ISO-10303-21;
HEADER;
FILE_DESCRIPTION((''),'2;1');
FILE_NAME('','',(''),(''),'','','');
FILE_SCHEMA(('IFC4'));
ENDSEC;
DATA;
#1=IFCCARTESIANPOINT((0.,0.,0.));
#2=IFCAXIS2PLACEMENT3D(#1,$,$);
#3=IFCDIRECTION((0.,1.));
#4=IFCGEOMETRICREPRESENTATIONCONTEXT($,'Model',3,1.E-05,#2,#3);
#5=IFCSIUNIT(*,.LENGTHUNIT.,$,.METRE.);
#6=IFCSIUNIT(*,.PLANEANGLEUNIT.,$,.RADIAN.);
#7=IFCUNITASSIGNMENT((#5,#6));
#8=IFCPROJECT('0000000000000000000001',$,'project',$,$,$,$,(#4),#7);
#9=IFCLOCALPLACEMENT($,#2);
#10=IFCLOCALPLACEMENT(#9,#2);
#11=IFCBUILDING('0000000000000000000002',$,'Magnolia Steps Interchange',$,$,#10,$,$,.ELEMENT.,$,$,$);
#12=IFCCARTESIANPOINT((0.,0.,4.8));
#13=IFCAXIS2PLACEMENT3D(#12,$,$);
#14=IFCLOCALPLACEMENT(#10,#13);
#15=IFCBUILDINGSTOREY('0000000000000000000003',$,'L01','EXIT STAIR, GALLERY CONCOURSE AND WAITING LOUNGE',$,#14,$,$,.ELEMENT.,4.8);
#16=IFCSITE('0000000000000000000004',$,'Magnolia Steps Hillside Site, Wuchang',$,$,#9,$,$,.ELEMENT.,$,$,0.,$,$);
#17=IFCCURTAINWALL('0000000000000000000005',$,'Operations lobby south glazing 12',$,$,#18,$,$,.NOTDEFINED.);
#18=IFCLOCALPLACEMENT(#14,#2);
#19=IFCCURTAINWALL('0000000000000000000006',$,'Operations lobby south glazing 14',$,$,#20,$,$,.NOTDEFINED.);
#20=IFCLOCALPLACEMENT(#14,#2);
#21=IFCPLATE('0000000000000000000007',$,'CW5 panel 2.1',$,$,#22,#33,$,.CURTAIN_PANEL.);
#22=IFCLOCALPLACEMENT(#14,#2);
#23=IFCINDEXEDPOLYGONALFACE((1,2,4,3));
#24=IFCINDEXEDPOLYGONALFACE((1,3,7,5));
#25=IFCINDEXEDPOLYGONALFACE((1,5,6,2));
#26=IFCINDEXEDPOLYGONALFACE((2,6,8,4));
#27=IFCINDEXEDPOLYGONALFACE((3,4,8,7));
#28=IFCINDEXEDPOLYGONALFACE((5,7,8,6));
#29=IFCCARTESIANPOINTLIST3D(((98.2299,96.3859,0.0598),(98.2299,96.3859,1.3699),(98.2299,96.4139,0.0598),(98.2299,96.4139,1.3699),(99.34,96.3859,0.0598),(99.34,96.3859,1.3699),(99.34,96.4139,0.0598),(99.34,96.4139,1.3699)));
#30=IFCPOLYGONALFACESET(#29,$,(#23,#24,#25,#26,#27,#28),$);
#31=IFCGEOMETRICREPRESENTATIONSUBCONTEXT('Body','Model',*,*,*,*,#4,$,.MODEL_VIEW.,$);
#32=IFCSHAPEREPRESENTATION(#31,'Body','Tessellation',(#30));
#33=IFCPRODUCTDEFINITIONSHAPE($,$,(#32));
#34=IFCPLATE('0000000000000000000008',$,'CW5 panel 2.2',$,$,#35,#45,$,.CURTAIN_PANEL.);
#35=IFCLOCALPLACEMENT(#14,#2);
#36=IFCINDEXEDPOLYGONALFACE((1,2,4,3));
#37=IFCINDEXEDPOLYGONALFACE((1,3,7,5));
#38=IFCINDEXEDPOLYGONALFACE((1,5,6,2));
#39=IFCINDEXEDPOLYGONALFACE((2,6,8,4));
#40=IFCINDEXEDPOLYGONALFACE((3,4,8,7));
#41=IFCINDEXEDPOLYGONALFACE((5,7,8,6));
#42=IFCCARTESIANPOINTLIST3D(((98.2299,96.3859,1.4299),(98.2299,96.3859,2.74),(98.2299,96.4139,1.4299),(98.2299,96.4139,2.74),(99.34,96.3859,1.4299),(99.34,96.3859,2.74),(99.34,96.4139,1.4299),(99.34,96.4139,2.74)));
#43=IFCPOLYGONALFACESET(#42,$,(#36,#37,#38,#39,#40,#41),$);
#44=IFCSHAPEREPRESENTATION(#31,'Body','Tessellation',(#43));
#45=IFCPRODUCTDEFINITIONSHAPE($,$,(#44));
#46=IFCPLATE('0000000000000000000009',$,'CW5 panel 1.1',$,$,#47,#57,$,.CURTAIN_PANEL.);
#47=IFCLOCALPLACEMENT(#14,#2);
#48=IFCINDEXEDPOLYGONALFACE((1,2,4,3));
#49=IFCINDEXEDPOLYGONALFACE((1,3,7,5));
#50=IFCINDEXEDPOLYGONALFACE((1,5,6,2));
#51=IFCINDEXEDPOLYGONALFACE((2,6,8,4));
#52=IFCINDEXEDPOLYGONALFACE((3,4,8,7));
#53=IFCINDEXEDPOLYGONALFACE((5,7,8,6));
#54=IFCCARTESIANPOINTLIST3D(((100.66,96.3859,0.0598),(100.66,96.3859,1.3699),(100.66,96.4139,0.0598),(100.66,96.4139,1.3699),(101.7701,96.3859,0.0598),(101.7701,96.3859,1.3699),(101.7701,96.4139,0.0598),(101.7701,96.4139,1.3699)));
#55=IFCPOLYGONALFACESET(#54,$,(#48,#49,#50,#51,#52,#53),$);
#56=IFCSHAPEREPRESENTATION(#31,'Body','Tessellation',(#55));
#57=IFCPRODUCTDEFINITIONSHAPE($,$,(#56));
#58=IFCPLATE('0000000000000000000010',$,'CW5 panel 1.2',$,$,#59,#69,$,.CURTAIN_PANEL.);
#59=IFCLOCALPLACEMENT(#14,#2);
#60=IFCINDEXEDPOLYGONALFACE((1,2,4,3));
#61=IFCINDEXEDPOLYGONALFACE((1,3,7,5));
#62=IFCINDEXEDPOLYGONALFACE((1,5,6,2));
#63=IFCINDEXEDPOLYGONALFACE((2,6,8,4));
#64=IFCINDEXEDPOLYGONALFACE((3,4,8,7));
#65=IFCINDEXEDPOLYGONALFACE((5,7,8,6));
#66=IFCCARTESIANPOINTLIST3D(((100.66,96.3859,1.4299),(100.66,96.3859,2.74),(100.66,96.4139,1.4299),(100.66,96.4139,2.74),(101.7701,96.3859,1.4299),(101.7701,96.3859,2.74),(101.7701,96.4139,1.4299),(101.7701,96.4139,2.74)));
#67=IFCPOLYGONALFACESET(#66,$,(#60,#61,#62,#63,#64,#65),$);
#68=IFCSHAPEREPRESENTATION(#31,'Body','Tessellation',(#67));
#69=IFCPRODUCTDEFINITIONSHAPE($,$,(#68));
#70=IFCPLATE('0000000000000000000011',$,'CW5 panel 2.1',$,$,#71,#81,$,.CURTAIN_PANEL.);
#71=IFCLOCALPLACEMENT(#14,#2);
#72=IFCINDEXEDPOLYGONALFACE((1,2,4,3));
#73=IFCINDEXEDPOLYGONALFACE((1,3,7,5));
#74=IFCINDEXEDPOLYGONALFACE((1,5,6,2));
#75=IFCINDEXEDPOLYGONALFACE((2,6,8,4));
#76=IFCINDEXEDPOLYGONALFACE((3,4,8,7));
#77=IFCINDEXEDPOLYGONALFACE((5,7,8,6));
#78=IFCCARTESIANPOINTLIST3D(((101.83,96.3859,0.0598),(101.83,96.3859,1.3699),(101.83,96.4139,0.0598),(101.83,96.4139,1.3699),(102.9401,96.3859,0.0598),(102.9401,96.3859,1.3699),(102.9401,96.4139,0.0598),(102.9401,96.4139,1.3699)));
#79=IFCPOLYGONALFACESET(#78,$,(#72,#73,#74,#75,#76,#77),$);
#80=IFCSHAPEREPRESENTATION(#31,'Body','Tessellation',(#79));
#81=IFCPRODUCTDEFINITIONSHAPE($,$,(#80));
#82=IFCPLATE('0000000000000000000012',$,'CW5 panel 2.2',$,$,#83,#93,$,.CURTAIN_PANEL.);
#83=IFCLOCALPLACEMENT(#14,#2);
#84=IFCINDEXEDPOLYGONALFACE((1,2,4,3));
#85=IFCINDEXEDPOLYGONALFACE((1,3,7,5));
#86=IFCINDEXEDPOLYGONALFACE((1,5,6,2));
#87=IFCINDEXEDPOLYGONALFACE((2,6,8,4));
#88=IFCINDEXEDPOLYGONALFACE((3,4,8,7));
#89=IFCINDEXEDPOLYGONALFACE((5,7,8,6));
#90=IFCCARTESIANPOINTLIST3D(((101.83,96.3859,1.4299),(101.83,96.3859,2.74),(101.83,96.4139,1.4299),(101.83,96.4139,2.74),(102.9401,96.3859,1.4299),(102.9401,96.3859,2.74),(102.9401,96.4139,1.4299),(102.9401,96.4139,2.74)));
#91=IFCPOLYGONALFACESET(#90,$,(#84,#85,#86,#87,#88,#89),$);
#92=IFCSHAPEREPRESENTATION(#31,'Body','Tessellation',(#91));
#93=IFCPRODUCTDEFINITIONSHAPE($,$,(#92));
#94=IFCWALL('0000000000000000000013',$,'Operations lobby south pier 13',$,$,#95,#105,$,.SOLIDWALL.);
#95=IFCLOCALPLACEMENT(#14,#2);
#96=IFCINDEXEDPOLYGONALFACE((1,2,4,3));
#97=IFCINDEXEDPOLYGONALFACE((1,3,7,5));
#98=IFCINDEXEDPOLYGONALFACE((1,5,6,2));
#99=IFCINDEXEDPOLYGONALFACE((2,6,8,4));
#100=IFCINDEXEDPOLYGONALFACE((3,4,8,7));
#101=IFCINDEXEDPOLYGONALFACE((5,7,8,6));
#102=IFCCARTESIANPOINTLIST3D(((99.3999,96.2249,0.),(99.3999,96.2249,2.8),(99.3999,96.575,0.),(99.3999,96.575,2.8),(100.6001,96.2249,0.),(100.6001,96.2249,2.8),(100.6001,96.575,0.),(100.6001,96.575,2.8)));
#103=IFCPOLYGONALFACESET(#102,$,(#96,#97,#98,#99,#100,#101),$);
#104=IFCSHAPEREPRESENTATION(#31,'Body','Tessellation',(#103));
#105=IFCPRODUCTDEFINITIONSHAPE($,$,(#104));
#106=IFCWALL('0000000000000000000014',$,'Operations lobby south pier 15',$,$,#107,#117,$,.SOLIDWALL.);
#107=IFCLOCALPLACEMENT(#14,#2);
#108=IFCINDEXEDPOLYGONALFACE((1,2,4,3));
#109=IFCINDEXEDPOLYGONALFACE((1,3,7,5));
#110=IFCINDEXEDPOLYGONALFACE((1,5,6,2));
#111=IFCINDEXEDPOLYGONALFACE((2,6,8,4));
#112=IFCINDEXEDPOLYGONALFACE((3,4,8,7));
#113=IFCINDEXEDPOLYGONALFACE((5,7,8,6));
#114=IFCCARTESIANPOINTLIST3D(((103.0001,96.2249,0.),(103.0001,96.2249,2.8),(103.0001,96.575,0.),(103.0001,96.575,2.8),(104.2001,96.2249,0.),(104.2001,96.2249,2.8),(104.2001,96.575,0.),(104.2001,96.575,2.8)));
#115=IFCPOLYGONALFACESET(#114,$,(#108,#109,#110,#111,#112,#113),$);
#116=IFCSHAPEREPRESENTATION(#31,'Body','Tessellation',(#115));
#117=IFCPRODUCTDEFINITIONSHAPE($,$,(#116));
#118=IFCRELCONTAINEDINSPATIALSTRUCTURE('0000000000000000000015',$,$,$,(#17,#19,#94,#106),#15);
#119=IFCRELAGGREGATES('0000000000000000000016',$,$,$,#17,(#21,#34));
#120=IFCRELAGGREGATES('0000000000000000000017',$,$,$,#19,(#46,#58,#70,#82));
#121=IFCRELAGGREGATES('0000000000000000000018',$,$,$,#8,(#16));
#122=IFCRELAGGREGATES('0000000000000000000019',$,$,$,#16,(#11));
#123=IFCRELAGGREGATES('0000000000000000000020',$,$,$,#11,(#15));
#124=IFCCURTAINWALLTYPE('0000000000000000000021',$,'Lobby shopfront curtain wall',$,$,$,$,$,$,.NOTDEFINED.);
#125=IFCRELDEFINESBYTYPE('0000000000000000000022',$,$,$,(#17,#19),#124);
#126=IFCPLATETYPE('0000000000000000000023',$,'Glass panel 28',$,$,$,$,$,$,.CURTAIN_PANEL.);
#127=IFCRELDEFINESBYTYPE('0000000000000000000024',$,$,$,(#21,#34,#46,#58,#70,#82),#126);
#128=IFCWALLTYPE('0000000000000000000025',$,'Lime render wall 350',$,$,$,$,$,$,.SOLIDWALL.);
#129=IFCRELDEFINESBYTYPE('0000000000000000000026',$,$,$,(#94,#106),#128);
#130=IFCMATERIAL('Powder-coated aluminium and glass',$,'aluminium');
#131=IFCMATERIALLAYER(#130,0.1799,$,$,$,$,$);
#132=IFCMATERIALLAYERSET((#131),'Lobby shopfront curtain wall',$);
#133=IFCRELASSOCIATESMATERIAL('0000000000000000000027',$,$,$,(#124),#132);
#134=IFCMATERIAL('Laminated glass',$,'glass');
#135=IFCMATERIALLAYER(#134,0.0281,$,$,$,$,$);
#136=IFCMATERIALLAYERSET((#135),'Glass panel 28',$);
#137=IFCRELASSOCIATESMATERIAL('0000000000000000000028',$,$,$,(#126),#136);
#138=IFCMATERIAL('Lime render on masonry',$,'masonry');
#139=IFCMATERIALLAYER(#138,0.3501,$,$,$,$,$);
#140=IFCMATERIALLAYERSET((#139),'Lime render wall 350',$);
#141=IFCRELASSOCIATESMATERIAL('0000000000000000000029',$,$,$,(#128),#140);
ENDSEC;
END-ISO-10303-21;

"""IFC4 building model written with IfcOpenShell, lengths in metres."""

from ifc_helpers import new_model, si_unit, direction, frame, frame_2d, origin, origin_2d, place, context, subcontext, project, spatial, rectangle, extrude, material, layer, layer_set, type_object, element, aggregate, save


model = new_model("IFC4")

# Units and contexts
model_context = context("Model", 3, precision=1e-05, world=origin(), true_north=direction((0.0, 1.0)))
body_context = subcontext(model_context, "Body", "Model", "MODEL_VIEW")
ifc_project = project(units=[si_unit("LENGTHUNIT", "METRE"), si_unit("PLANEANGLEUNIT", "RADIAN")], contexts=[model_context])

# Site, building, storey
site_placement = place(None, origin())
site = spatial("IfcSite", under=ifc_project, at=site_placement, Name="Magnolia Steps Hillside Site, Wuchang", CompositionType="ELEMENT", RefElevation=0.0)
building_placement = place(site_placement, origin())
building = spatial("IfcBuilding", under=site, at=building_placement, Name="Magnolia Steps Interchange", CompositionType="ELEMENT")
storey_placement = place(building_placement, frame((0.0, 0.0, 4.8)))
storey = spatial("IfcBuildingStorey", under=building, at=storey_placement, Name="L01", Description="EXIT STAIR, GALLERY CONCOURSE AND WAITING LOUNGE", CompositionType="ELEMENT", Elevation=4.8)

# Curtain wall
ifc_material_1 = material(Name="Powder-coated aluminium and glass", Category="aluminium")
ifc_layer_1 = layer(ifc_material_1, 0.1799)
ifc_layer_set_1 = layer_set([ifc_layer_1], Name="Lobby shopfront curtain wall")
curtain_wall_type = type_object("IfcCurtainWallType", Name="Lobby shopfront curtain wall", PredefinedType="NOTDEFINED", material=ifc_layer_set_1)
curtain_wall_1_placement = place(storey_placement, origin())
curtain_wall_1 = element("IfcCurtainWall", 1, at=curtain_wall_1_placement, inside=storey, type_object=curtain_wall_type, Name="Operations lobby south glazing 12", PredefinedType="NOTDEFINED")

# Curtain wall
curtain_wall_2_placement = place(storey_placement, origin())
curtain_wall_2 = element("IfcCurtainWall", 2, at=curtain_wall_2_placement, inside=storey, type_object=curtain_wall_type, Name="Operations lobby south glazing 14", PredefinedType="NOTDEFINED")

# Plates
ifc_material_2 = material(Name="Laminated glass", Category="glass")
ifc_layer_2 = layer(ifc_material_2, 0.0281)
ifc_layer_set_2 = layer_set([ifc_layer_2], Name="Glass panel 28")
plate_type = type_object("IfcPlateType", Name="Glass panel 28", PredefinedType="CURTAIN_PANEL", material=ifc_layer_set_2)
plate_1_placement = place(storey_placement, frame((98.7849, 96.3999, 0.0598), z_axis=(0.0, 0.0, 1.0), x_axis=(1.0, 0.0, 0.0)))
plate_1 = element("IfcPlate", 3, at=plate_1_placement, type_object=plate_type, Name="CW5 panel 2.1", PredefinedType="CURTAIN_PANEL", context=body_context, shape_type="SweptSolid", body=[
    extrude(rectangle(XDim=1.1101, YDim=0.0281, at=origin_2d()), origin(), (0.0, 0.0, 1.0), 1.3101),
])
plate_2_placement = place(storey_placement, frame((98.7849, 96.3999, 1.4299), z_axis=(0.0, 0.0, 1.0), x_axis=(1.0, 0.0, 0.0)))
plate_2 = element("IfcPlate", 4, at=plate_2_placement, type_object=plate_type, Name="CW5 panel 2.2", PredefinedType="CURTAIN_PANEL", context=body_context, shape_type="SweptSolid", body=[
    extrude(rectangle(XDim=1.1101, YDim=0.0281, at=origin_2d()), origin(), (0.0, 0.0, 1.0), 1.3101),
])
aggregate(curtain_wall_1, [plate_1, plate_2])
plate_3_placement = place(storey_placement, frame((101.2151, 96.3999, 0.0598), z_axis=(0.0, 0.0, 1.0), x_axis=(1.0, 0.0, 0.0)))
plate_3 = element("IfcPlate", 5, at=plate_3_placement, type_object=plate_type, Name="CW5 panel 1.1", PredefinedType="CURTAIN_PANEL", context=body_context, shape_type="SweptSolid", body=[
    extrude(rectangle(XDim=1.1101, YDim=0.0281, at=origin_2d()), origin(), (0.0, 0.0, 1.0), 1.3101),
])
plate_4_placement = place(storey_placement, frame((101.2151, 96.3999, 1.4299), z_axis=(0.0, 0.0, 1.0), x_axis=(1.0, 0.0, 0.0)))
plate_4 = element("IfcPlate", 6, at=plate_4_placement, type_object=plate_type, Name="CW5 panel 1.2", PredefinedType="CURTAIN_PANEL", context=body_context, shape_type="SweptSolid", body=[
    extrude(rectangle(XDim=1.1101, YDim=0.0281, at=origin_2d()), origin(), (0.0, 0.0, 1.0), 1.3101),
])
plate_5_placement = place(storey_placement, frame((102.385, 96.3999, 0.0598), z_axis=(0.0, 0.0, 1.0), x_axis=(1.0, 0.0, 0.0)))
plate_5 = element("IfcPlate", 7, at=plate_5_placement, type_object=plate_type, Name="CW5 panel 2.1", PredefinedType="CURTAIN_PANEL", context=body_context, shape_type="SweptSolid", body=[
    extrude(rectangle(XDim=1.1101, YDim=0.0281, at=origin_2d()), origin(), (0.0, 0.0, 1.0), 1.3101),
])
plate_6_placement = place(storey_placement, frame((102.385, 96.3999, 1.4299), z_axis=(0.0, 0.0, 1.0), x_axis=(1.0, 0.0, 0.0)))
plate_6 = element("IfcPlate", 8, at=plate_6_placement, type_object=plate_type, Name="CW5 panel 2.2", PredefinedType="CURTAIN_PANEL", context=body_context, shape_type="SweptSolid", body=[
    extrude(rectangle(XDim=1.1101, YDim=0.0281, at=origin_2d()), origin(), (0.0, 0.0, 1.0), 1.3101),
])
aggregate(curtain_wall_2, [plate_3, plate_4, plate_5, plate_6])

# Walls
ifc_material_3 = material(Name="Lime render on masonry", Category="masonry")
ifc_layer_3 = layer(ifc_material_3, 0.3501)
ifc_layer_set_3 = layer_set([ifc_layer_3], Name="Lime render wall 350")
wall_type = type_object("IfcWallType", Name="Lime render wall 350", PredefinedType="SOLIDWALL", material=ifc_layer_set_3)
wall_1_placement = place(storey_placement, frame((99.3999, 96.3999, 0.0), z_axis=(0.0, 0.0, 1.0), x_axis=(1.0, 0.0, 0.0)))
element("IfcWall", 9, at=wall_1_placement, inside=storey, type_object=wall_type, Name="Operations lobby south pier 13", PredefinedType="SOLIDWALL", context=body_context, shape_type="SweptSolid", body=[
    extrude(rectangle(XDim=1.2002, YDim=0.3501, at=frame_2d((0.6001, 0.0))), origin(), (0.0, 0.0, 1.0), 2.8),
])
wall_2_placement = place(storey_placement, frame((103.0, 96.3999, 0.0), z_axis=(0.0, 0.0, 1.0), x_axis=(1.0, 0.0, 0.0)))
element("IfcWall", 10, at=wall_2_placement, inside=storey, type_object=wall_type, Name="Operations lobby south pier 15", PredefinedType="SOLIDWALL", context=body_context, shape_type="SweptSolid", body=[
    extrude(rectangle(XDim=1.2, YDim=0.3501, at=frame_2d((0.6001, 0.0))), origin(), (0.0, 0.0, 1.0), 2.8),
])

save(model, "model.ifc")
